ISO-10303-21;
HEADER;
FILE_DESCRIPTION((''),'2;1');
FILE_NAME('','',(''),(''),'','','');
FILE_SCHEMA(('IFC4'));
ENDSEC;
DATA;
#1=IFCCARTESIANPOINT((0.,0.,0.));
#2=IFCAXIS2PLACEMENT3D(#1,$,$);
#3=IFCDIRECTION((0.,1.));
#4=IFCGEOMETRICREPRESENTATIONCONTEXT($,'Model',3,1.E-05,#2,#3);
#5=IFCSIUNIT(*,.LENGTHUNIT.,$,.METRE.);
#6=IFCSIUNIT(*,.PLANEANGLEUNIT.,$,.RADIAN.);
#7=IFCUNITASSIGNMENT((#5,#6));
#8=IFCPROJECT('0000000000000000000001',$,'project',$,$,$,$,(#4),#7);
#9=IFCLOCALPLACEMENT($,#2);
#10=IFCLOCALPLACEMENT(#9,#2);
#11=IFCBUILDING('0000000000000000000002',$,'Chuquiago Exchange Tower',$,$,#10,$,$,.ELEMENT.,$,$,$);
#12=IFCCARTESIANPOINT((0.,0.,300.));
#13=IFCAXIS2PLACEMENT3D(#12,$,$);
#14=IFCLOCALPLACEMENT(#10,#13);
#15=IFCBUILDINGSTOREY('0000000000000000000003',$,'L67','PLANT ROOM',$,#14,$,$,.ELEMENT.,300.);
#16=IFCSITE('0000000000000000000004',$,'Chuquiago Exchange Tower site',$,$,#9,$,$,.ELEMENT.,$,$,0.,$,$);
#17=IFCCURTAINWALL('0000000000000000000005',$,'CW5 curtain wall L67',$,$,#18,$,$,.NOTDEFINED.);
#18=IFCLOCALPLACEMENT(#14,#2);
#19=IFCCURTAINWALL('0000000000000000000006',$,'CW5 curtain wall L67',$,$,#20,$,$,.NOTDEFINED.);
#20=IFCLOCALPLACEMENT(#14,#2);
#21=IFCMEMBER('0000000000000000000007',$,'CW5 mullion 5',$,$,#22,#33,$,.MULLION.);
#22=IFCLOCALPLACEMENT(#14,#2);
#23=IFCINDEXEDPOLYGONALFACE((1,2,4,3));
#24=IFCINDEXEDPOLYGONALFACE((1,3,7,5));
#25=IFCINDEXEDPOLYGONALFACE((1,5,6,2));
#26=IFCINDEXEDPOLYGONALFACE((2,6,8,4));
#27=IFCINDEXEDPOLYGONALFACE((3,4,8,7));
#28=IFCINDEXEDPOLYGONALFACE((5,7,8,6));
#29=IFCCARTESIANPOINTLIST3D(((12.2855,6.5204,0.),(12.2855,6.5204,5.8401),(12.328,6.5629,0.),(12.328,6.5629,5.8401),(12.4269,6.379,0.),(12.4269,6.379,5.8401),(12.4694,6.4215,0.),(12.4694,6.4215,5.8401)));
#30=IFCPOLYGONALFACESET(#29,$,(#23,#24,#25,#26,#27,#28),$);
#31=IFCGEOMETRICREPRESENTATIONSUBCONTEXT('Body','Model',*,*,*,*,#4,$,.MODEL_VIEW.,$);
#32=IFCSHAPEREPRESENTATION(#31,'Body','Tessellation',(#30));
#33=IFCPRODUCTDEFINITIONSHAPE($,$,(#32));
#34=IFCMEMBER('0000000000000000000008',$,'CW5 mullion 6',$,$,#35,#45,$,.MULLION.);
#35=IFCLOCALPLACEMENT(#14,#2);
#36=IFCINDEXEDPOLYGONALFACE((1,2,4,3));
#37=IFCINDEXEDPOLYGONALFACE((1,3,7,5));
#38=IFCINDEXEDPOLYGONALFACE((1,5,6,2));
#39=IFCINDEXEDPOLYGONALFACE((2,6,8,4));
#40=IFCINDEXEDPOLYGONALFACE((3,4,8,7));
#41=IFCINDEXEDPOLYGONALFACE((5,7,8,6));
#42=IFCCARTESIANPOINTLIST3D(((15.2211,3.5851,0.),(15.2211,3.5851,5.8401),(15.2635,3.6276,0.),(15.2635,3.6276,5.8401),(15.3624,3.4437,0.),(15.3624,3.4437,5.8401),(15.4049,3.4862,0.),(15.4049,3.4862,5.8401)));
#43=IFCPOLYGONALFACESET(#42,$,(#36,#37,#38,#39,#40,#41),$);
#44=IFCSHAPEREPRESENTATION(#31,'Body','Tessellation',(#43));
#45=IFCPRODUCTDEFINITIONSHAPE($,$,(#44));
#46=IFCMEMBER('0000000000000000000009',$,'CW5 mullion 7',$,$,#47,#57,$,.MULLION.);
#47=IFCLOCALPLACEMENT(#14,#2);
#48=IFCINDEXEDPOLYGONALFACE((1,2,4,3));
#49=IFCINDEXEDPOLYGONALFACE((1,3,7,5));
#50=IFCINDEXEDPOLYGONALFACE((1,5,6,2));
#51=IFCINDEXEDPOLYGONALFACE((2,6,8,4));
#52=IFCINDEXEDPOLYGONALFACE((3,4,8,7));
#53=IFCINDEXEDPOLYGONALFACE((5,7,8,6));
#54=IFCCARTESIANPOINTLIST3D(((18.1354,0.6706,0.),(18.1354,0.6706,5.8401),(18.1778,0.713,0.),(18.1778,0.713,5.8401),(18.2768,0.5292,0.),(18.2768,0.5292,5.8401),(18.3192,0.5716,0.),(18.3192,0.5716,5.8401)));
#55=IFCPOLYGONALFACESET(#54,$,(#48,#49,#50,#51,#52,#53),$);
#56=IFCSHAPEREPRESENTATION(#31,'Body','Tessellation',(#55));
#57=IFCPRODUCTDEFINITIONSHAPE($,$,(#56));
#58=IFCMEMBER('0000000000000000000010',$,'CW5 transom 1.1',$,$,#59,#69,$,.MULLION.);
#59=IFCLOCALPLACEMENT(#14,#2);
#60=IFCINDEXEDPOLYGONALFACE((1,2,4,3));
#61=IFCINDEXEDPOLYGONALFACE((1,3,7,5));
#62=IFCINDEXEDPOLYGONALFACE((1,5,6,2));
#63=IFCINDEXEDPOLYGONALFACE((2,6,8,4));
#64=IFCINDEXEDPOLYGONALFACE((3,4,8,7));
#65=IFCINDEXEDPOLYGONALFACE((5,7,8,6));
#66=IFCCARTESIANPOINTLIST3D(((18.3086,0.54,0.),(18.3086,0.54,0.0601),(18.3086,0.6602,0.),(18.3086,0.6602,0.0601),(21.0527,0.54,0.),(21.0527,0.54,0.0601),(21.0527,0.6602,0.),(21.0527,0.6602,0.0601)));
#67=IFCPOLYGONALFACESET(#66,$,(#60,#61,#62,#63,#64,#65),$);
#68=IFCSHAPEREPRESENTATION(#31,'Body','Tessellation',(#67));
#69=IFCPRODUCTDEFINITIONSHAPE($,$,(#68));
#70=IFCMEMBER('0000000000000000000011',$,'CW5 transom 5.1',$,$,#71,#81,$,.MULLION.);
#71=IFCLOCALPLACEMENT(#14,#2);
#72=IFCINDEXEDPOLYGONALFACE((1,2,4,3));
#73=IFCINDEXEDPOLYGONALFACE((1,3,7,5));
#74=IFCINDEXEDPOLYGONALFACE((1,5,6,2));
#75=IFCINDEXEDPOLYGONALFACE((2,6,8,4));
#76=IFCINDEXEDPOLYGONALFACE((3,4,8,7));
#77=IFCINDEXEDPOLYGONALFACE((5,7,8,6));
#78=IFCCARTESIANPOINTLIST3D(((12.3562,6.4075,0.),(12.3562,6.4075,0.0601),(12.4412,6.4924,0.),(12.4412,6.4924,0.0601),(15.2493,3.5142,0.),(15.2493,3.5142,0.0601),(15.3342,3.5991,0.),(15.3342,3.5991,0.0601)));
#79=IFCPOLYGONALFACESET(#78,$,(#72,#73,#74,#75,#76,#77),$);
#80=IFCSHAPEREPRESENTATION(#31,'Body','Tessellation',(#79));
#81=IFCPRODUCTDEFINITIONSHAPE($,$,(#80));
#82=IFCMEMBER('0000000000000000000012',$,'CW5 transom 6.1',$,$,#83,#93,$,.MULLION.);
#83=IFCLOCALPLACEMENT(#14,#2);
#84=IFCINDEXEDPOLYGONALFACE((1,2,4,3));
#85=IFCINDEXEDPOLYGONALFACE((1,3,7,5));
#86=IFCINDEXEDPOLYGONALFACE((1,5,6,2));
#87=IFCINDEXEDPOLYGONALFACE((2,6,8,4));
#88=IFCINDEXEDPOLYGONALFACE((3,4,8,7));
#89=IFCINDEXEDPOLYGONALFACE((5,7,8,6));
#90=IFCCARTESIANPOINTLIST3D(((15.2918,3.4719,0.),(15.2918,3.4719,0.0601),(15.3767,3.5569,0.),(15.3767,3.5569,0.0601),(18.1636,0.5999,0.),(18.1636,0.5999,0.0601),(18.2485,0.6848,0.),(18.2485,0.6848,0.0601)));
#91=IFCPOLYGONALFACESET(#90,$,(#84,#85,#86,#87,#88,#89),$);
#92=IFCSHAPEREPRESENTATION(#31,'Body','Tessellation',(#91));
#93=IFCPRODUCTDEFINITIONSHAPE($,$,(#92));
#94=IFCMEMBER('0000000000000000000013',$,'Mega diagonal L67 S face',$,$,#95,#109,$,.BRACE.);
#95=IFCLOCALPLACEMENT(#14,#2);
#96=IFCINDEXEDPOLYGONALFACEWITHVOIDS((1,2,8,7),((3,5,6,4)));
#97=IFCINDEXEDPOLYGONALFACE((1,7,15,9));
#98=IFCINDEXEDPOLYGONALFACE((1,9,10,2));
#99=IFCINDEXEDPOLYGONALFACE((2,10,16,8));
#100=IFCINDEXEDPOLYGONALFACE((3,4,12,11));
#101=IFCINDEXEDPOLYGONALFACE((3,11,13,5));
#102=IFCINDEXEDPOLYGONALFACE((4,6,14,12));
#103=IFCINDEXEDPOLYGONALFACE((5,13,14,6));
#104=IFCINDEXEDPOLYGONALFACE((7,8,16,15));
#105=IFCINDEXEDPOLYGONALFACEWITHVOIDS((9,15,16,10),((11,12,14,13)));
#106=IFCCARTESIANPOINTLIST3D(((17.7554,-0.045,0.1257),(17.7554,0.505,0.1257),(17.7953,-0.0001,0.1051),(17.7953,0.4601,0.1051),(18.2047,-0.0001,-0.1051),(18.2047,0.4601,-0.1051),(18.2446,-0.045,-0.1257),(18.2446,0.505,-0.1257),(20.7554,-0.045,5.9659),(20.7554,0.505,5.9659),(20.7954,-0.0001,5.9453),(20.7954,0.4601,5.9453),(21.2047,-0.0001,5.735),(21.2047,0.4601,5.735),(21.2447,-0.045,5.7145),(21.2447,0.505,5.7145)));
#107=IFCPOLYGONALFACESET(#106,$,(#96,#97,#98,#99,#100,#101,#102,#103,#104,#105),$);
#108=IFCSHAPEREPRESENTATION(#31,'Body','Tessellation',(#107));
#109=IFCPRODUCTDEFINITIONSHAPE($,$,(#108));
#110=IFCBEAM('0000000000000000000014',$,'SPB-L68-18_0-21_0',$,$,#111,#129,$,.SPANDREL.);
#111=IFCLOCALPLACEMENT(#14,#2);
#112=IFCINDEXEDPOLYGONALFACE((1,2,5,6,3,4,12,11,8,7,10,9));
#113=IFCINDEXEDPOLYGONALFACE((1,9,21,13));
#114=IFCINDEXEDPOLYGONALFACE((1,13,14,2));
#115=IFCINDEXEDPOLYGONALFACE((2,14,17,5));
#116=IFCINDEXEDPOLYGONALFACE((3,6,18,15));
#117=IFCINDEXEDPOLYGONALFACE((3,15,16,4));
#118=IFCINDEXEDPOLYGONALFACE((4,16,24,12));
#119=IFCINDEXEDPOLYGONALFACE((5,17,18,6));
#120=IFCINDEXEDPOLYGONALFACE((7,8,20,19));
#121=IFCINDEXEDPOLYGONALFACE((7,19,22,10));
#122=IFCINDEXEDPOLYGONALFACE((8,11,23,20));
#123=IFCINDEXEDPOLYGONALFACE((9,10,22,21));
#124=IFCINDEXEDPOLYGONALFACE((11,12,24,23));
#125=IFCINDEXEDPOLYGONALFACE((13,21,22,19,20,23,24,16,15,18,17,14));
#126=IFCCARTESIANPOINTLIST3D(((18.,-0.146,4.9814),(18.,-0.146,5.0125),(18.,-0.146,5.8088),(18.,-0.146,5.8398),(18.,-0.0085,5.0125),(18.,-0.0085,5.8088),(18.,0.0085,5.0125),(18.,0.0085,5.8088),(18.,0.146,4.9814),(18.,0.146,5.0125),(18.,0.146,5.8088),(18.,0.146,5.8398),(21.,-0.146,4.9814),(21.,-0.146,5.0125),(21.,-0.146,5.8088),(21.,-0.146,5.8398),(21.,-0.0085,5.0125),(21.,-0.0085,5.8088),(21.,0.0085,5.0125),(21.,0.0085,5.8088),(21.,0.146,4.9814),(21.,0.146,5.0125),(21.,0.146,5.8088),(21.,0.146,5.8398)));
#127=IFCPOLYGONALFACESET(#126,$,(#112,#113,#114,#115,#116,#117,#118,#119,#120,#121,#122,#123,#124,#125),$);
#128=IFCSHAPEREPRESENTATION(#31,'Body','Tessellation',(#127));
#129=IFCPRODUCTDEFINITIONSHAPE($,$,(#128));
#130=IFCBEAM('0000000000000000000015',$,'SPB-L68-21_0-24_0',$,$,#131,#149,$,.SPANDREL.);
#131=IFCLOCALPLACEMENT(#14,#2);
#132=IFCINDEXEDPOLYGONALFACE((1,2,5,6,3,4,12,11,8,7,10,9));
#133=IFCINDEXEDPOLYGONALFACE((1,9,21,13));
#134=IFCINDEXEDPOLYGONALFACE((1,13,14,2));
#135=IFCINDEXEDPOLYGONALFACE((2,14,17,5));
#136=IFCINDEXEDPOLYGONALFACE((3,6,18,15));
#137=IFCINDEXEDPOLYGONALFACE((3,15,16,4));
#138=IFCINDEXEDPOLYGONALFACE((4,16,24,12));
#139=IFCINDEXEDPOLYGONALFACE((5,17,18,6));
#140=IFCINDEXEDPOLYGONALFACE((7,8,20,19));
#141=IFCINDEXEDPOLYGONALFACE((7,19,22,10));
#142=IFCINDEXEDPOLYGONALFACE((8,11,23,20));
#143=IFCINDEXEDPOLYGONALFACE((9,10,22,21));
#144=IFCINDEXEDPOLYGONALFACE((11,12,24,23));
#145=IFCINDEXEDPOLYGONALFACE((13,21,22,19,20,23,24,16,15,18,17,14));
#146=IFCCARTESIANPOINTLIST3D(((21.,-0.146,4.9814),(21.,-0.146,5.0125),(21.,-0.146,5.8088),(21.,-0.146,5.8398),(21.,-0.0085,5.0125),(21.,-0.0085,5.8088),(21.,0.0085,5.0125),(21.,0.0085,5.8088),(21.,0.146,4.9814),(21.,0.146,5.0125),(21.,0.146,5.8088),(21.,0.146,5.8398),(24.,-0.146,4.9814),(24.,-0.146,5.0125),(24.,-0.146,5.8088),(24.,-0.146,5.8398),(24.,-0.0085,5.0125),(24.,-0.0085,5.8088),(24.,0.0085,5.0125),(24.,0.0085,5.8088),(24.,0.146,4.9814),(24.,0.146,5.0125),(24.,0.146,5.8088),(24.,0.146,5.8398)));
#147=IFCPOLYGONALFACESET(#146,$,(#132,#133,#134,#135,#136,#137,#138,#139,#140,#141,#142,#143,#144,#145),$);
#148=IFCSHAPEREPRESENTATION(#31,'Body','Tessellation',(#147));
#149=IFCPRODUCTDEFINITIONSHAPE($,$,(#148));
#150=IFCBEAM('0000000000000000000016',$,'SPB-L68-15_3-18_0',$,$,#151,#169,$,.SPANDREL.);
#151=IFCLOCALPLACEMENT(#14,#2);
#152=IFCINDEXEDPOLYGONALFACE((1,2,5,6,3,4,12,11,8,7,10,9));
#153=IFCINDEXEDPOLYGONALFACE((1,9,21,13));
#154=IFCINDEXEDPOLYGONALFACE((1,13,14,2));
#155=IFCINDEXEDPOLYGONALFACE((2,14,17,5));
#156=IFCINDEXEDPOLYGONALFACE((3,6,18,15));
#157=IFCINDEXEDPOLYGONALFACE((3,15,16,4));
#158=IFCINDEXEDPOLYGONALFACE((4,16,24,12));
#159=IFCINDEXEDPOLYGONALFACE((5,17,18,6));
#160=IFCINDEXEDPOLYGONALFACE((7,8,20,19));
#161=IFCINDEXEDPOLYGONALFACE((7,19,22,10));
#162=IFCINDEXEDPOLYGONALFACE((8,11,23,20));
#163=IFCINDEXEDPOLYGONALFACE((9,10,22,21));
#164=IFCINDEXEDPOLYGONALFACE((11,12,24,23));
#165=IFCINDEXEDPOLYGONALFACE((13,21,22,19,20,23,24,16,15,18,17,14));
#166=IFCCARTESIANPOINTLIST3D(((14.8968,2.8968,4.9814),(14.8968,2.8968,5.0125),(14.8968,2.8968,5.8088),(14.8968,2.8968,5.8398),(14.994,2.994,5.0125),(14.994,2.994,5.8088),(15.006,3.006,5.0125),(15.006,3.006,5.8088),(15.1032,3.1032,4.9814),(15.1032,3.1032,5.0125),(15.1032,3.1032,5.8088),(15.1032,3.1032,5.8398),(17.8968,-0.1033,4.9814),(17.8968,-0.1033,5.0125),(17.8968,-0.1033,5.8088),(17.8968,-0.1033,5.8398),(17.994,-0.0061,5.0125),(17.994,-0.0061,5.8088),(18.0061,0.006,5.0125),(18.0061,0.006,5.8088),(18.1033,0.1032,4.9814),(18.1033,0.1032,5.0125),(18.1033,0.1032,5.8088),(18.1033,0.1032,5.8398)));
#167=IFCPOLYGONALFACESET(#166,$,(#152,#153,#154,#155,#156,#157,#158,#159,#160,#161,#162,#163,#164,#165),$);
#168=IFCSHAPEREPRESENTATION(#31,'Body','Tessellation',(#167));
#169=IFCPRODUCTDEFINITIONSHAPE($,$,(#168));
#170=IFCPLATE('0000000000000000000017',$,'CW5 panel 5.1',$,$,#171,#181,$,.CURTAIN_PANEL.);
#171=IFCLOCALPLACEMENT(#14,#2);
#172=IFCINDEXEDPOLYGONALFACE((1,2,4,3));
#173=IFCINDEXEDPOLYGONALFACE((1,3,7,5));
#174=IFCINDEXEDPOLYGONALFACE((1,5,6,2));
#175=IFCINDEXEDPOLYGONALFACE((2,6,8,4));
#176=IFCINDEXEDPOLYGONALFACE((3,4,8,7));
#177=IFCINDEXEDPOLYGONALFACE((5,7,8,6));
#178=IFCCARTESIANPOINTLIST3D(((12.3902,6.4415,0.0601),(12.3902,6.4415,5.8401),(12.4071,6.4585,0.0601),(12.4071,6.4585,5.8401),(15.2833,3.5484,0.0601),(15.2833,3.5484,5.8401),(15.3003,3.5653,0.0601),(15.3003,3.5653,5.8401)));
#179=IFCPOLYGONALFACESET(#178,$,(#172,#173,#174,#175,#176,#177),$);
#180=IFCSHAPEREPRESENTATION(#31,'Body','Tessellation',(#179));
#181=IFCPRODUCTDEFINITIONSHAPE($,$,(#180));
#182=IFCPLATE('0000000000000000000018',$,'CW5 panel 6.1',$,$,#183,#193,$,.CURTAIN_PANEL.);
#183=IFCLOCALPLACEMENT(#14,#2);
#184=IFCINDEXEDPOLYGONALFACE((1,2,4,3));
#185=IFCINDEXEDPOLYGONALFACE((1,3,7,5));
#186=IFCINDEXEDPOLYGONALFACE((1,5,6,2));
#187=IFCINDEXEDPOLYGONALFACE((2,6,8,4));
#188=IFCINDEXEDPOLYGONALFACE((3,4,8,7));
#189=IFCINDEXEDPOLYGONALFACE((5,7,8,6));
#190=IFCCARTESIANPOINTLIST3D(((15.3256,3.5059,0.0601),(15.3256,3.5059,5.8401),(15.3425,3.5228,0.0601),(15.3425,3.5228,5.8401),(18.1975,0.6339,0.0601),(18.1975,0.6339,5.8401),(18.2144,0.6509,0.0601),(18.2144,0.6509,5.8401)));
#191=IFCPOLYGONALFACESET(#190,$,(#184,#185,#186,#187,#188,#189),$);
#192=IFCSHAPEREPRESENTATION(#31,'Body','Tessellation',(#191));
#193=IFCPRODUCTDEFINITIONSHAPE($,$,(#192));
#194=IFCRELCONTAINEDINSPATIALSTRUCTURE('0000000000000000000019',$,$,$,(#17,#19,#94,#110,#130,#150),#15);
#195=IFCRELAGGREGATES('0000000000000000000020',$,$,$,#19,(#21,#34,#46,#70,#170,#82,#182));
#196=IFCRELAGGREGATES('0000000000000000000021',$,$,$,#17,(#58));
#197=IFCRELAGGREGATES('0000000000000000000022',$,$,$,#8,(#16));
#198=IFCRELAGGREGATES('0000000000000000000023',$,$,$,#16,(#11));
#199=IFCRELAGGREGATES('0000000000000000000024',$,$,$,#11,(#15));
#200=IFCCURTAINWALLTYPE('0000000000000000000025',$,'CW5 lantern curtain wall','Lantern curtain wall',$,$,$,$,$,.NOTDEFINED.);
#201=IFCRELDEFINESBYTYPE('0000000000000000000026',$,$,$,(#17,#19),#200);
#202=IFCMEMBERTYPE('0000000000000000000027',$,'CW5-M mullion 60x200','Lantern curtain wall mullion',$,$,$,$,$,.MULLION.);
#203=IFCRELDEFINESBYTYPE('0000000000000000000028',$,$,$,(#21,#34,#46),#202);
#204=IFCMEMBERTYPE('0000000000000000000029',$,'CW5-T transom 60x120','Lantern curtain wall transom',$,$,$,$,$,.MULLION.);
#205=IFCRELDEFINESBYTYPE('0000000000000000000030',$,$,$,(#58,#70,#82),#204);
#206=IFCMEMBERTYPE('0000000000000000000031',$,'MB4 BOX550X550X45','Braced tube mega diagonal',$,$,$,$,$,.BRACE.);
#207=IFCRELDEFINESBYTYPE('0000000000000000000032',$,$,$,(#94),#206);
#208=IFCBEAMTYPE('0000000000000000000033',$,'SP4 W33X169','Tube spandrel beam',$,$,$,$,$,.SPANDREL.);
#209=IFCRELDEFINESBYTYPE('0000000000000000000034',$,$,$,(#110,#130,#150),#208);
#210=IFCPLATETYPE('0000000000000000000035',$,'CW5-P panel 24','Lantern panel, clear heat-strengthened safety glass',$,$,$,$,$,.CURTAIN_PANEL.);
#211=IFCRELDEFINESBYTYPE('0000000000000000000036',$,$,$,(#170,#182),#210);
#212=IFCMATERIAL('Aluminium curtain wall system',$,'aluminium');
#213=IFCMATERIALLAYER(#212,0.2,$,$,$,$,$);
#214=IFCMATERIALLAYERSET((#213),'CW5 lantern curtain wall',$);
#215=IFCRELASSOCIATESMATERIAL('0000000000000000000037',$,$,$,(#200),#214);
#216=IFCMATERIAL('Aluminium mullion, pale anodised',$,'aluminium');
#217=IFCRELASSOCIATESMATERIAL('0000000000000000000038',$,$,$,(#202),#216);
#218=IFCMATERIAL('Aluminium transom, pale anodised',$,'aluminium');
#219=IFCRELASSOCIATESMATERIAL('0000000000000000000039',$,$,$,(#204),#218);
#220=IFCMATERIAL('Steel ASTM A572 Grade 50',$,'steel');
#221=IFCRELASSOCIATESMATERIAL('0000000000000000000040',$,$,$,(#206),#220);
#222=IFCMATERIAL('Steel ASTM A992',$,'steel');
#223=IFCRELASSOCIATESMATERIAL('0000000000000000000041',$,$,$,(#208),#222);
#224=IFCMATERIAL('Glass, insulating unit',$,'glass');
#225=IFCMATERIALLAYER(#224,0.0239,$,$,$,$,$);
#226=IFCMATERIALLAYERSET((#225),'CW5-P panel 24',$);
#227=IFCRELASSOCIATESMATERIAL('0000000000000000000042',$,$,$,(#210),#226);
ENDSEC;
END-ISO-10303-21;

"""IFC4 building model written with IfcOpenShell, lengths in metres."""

from ifc_helpers import new_model, si_unit, direction, frame, origin, origin_2d, place, context, subcontext, project, spatial, rectangle, hollow_rectangle, i_section, extrude, material, layer, layer_set, material_profile, profile_set, type_object, element, aggregate, save


model = new_model("IFC4")

# Units and contexts
model_context = context("Model", 3, precision=1e-05, world=origin(), true_north=direction((0.0, 1.0)))
body_context = subcontext(model_context, "Body", "Model", "MODEL_VIEW")
ifc_project = project(units=[si_unit("LENGTHUNIT", "METRE"), si_unit("PLANEANGLEUNIT", "RADIAN")], contexts=[model_context])

# Site, building, storey
site_placement = place(None, origin())
site = spatial("IfcSite", under=ifc_project, at=site_placement, Name="Chuquiago Exchange Tower site", CompositionType="ELEMENT", RefElevation=0.0)
building_placement = place(site_placement, origin())
building = spatial("IfcBuilding", under=site, at=building_placement, Name="Chuquiago Exchange Tower", CompositionType="ELEMENT")
storey_placement = place(building_placement, frame((0.0, 0.0, 300.0)))
storey = spatial("IfcBuildingStorey", under=building, at=storey_placement, Name="L67", Description="PLANT ROOM", CompositionType="ELEMENT", Elevation=300.0)

# Curtain wall
ifc_material_1 = material(Name="Aluminium curtain wall system", Category="aluminium")
ifc_layer_1 = layer(ifc_material_1, 0.2)
ifc_layer_set_1 = layer_set([ifc_layer_1], Name="CW5 lantern curtain wall")
curtain_wall_type = type_object("IfcCurtainWallType", Name="CW5 lantern curtain wall", Description="Lantern curtain wall", PredefinedType="NOTDEFINED", material=ifc_layer_set_1)
curtain_wall_1_placement = place(storey_placement, origin())
curtain_wall_1 = element("IfcCurtainWall", 1, at=curtain_wall_1_placement, inside=storey, type_object=curtain_wall_type, Name="CW5 curtain wall L67", PredefinedType="NOTDEFINED")
ifc_material_2 = material(Name="Aluminium mullion, pale anodised", Category="aluminium")
ifc_material_profile_1 = material_profile(ifc_material_2, rectangle(XDim=0.0601, YDim=0.2, at=origin_2d()), Name="AL 60x200")
ifc_profile_set_1 = profile_set([ifc_material_profile_1], Name="Aluminium mullion, pale anodised")
member_type_1 = type_object("IfcMemberType", Name="CW5-M mullion 60x200", Description="Lantern curtain wall mullion", PredefinedType="MULLION", material=ifc_profile_set_1)

# Curtain wall, members
curtain_wall_2_placement = place(storey_placement, origin())
curtain_wall_2 = element("IfcCurtainWall", 2, at=curtain_wall_2_placement, inside=storey, type_object=curtain_wall_type, Name="CW5 curtain wall L67", PredefinedType="NOTDEFINED")
member_1_placement = place(storey_placement, frame((12.3774, 6.4709, 0.0), z_axis=(0.0, 0.0, 1.0), x_axis=(0.707109, 0.707105, 0.0)))
member_1 = element("IfcMember", 3, at=member_1_placement, type_object=member_type_1, Name="CW5 mullion 5", PredefinedType="MULLION", context=body_context, shape_type="SweptSolid", body=[
    extrude(rectangle(XDim=0.0601, YDim=0.2, at=origin_2d()), origin(), (0.0, 0.0, 1.0), 5.8401),
])
member_2_placement = place(storey_placement, frame((15.313, 3.5356, 0.0), z_axis=(0.0, 0.0, 1.0), x_axis=(0.707109, 0.707105, 0.0)))
member_2 = element("IfcMember", 4, at=member_2_placement, type_object=member_type_1, Name="CW5 mullion 6", PredefinedType="MULLION", context=body_context, shape_type="SweptSolid", body=[
    extrude(rectangle(XDim=0.0601, YDim=0.2, at=origin_2d()), origin(), (0.0, 0.0, 1.0), 5.8401),
])
member_3_placement = place(storey_placement, frame((18.2273, 0.6211, 0.0), z_axis=(0.0, 0.0, 1.0), x_axis=(0.707109, 0.707105, 0.0)))
member_3 = element("IfcMember", 5, at=member_3_placement, type_object=member_type_1, Name="CW5 mullion 7", PredefinedType="MULLION", context=body_context, shape_type="SweptSolid", body=[
    extrude(rectangle(XDim=0.0601, YDim=0.2, at=origin_2d()), origin(), (0.0, 0.0, 1.0), 5.8401),
])

# Members
ifc_material_3 = material(Name="Aluminium transom, pale anodised", Category="aluminium")
ifc_material_profile_2 = material_profile(ifc_material_3, rectangle(XDim=0.1201, YDim=0.0601, at=origin_2d()), Name="AL 120x60")
ifc_profile_set_2 = profile_set([ifc_material_profile_2], Name="Aluminium transom, pale anodised")
member_type_2 = type_object("IfcMemberType", Name="CW5-T transom 60x120", Description="Lantern curtain wall transom", PredefinedType="MULLION", material=ifc_profile_set_2)
member_4_placement = place(storey_placement, frame((18.3086, 0.6001, 0.03), z_axis=(1.0, 0.0, 0.0), x_axis=(0.0, 1.0, 0.0)))
member_4 = element("IfcMember", 6, at=member_4_placement, type_object=member_type_2, Name="CW5 transom 1.1", PredefinedType="MULLION", context=body_context, shape_type="SweptSolid", body=[
    extrude(rectangle(XDim=0.1201, YDim=0.0601, at=origin_2d()), origin(), (0.0, 0.0, 1.0), 2.7441),
])
member_5_placement = place(storey_placement, frame((12.3987, 6.45, 0.03), z_axis=(0.707077, -0.707137, 0.0), x_axis=(0.707137, 0.707077, 0.0)))
member_5 = element("IfcMember", 7, at=member_5_placement, type_object=member_type_2, Name="CW5 transom 5.1", PredefinedType="MULLION", context=body_context, shape_type="SweptSolid", body=[
    extrude(rectangle(XDim=0.1201, YDim=0.0601, at=origin_2d()), origin(), (0.0, 0.0, 1.0), 4.0916),
])
member_6_placement = place(storey_placement, frame((15.3342, 3.5144, 0.03), z_axis=(0.707077, -0.707137, 0.0), x_axis=(0.707137, 0.707077, 0.0)))
member_6 = element("IfcMember", 8, at=member_6_placement, type_object=member_type_2, Name="CW5 transom 6.1", PredefinedType="MULLION", context=body_context, shape_type="SweptSolid", body=[
    extrude(rectangle(XDim=0.1201, YDim=0.0601, at=origin_2d()), origin(), (0.0, 0.0, 1.0), 4.0615),
])
ifc_material_4 = material(Name="Steel ASTM A572 Grade 50", Category="steel")
ifc_material_profile_3 = material_profile(ifc_material_4, hollow_rectangle(XDim=0.55, YDim=0.55, WallThickness=0.0449, at=origin_2d()), Name="BOX550X550X45")
ifc_profile_set_3 = profile_set([ifc_material_profile_3], Name="Steel ASTM A572 Grade 50")
member_type_3 = type_object("IfcMemberType", Name="MB4 BOX550X550X45", Description="Braced tube mega diagonal", PredefinedType="BRACE", material=ifc_profile_set_3)
member_7_placement = place(storey_placement, frame((18.0, 0.23, 0.0), z_axis=(0.45693, 0.0, 0.889503), x_axis=(0.0, 1.0, 0.0)))
element("IfcMember", 9, at=member_7_placement, inside=storey, type_object=member_type_3, Name="Mega diagonal L67 S face", PredefinedType="BRACE", context=body_context, shape_type="SweptSolid", body=[
    extrude(hollow_rectangle(XDim=0.55, YDim=0.55, WallThickness=0.0449, at=origin_2d()), origin(), (0.0, 0.0, 1.0), 6.5657),
])

# Beams
ifc_material_5 = material(Name="Steel ASTM A992", Category="steel")
ifc_material_profile_4 = material_profile(ifc_material_5, i_section(OverallWidth=0.292, OverallDepth=0.8584, WebThickness=0.0171, FlangeThickness=0.031, at=origin_2d()), Name="W33X169")
ifc_profile_set_4 = profile_set([ifc_material_profile_4], Name="Steel ASTM A992")
beam_type_1 = type_object("IfcBeamType", Name="SP4 W33X169", Description="Tube spandrel beam", PredefinedType="SPANDREL", material=ifc_profile_set_4)
for number, where, z_axis, x_axis, name in (
    (10, (18.0, 0.0, 5.4106), (1.0, 0.0, 0.0), (0.0, 1.0, 0.0), "SPB-L68-18_0-21_0"),
    (11, (21.0, 0.0, 5.4106), (1.0, 0.0, 0.0), (0.0, 1.0, 0.0), "SPB-L68-21_0-24_0"),
):
    element("IfcBeam", number, at=place(storey_placement, frame(where, z_axis=z_axis, x_axis=x_axis)), inside=storey, type_object=beam_type_1, Name=name, PredefinedType="SPANDREL", context=body_context, shape_type="SweptSolid", body=[
        extrude(i_section(OverallWidth=0.292, OverallDepth=0.8584, WebThickness=0.0171, FlangeThickness=0.031, at=origin_2d()), origin(), (0.0, 0.0, 1.0), 3.0),
    ])
beam_1_placement = place(storey_placement, frame((15.0, 3.0, 5.4106), z_axis=(0.707107, -0.707107, 0.0), x_axis=(0.707107, 0.707107, 0.0)))
element("IfcBeam", 12, at=beam_1_placement, inside=storey, type_object=beam_type_1, Name="SPB-L68-15_3-18_0", PredefinedType="SPANDREL", context=body_context, shape_type="SweptSolid", body=[
    extrude(i_section(OverallWidth=0.292, OverallDepth=0.8584, WebThickness=0.0171, FlangeThickness=0.031, at=origin_2d()), origin(), (0.0, 0.0, 1.0), 4.2427),
])

# Plates
ifc_material_6 = material(Name="Glass, insulating unit", Category="glass")
ifc_layer_2 = layer(ifc_material_6, 0.0239)
ifc_layer_set_2 = layer_set([ifc_layer_2], Name="CW5-P panel 24")
plate_type_1 = type_object("IfcPlateType", Name="CW5-P panel 24", Description="Lantern panel, clear heat-strengthened safety glass", PredefinedType="CURTAIN_PANEL", material=ifc_layer_set_2)
plate_1_placement = place(storey_placement, frame((13.8452, 5.0034, 0.0601), z_axis=(0.0, 0.0, 1.0), x_axis=(0.707105, -0.707109, 0.0)))
plate_1 = element("IfcPlate", 13, at=plate_1_placement, type_object=plate_type_1, Name="CW5 panel 5.1", PredefinedType="CURTAIN_PANEL", context=body_context, shape_type="SweptSolid", body=[
    extrude(rectangle(XDim=4.0916, YDim=0.0239, at=origin_2d()), origin(), (0.0, 0.0, 1.0), 5.78),
])
plate_2_placement = place(storey_placement, frame((16.77, 2.0784, 0.0601), z_axis=(0.0, 0.0, 1.0), x_axis=(0.707105, -0.707109, 0.0)))
plate_2 = element("IfcPlate", 14, at=plate_2_placement, type_object=plate_type_1, Name="CW5 panel 6.1", PredefinedType="CURTAIN_PANEL", context=body_context, shape_type="SweptSolid", body=[
    extrude(rectangle(XDim=4.0615, YDim=0.0239, at=origin_2d()), origin(), (0.0, 0.0, 1.0), 5.78),
])
aggregate(curtain_wall_2, [member_1, member_2, member_3, member_5, plate_1, member_6, plate_2])
aggregate(curtain_wall_1, [member_4])

save(model, "model.ifc")
